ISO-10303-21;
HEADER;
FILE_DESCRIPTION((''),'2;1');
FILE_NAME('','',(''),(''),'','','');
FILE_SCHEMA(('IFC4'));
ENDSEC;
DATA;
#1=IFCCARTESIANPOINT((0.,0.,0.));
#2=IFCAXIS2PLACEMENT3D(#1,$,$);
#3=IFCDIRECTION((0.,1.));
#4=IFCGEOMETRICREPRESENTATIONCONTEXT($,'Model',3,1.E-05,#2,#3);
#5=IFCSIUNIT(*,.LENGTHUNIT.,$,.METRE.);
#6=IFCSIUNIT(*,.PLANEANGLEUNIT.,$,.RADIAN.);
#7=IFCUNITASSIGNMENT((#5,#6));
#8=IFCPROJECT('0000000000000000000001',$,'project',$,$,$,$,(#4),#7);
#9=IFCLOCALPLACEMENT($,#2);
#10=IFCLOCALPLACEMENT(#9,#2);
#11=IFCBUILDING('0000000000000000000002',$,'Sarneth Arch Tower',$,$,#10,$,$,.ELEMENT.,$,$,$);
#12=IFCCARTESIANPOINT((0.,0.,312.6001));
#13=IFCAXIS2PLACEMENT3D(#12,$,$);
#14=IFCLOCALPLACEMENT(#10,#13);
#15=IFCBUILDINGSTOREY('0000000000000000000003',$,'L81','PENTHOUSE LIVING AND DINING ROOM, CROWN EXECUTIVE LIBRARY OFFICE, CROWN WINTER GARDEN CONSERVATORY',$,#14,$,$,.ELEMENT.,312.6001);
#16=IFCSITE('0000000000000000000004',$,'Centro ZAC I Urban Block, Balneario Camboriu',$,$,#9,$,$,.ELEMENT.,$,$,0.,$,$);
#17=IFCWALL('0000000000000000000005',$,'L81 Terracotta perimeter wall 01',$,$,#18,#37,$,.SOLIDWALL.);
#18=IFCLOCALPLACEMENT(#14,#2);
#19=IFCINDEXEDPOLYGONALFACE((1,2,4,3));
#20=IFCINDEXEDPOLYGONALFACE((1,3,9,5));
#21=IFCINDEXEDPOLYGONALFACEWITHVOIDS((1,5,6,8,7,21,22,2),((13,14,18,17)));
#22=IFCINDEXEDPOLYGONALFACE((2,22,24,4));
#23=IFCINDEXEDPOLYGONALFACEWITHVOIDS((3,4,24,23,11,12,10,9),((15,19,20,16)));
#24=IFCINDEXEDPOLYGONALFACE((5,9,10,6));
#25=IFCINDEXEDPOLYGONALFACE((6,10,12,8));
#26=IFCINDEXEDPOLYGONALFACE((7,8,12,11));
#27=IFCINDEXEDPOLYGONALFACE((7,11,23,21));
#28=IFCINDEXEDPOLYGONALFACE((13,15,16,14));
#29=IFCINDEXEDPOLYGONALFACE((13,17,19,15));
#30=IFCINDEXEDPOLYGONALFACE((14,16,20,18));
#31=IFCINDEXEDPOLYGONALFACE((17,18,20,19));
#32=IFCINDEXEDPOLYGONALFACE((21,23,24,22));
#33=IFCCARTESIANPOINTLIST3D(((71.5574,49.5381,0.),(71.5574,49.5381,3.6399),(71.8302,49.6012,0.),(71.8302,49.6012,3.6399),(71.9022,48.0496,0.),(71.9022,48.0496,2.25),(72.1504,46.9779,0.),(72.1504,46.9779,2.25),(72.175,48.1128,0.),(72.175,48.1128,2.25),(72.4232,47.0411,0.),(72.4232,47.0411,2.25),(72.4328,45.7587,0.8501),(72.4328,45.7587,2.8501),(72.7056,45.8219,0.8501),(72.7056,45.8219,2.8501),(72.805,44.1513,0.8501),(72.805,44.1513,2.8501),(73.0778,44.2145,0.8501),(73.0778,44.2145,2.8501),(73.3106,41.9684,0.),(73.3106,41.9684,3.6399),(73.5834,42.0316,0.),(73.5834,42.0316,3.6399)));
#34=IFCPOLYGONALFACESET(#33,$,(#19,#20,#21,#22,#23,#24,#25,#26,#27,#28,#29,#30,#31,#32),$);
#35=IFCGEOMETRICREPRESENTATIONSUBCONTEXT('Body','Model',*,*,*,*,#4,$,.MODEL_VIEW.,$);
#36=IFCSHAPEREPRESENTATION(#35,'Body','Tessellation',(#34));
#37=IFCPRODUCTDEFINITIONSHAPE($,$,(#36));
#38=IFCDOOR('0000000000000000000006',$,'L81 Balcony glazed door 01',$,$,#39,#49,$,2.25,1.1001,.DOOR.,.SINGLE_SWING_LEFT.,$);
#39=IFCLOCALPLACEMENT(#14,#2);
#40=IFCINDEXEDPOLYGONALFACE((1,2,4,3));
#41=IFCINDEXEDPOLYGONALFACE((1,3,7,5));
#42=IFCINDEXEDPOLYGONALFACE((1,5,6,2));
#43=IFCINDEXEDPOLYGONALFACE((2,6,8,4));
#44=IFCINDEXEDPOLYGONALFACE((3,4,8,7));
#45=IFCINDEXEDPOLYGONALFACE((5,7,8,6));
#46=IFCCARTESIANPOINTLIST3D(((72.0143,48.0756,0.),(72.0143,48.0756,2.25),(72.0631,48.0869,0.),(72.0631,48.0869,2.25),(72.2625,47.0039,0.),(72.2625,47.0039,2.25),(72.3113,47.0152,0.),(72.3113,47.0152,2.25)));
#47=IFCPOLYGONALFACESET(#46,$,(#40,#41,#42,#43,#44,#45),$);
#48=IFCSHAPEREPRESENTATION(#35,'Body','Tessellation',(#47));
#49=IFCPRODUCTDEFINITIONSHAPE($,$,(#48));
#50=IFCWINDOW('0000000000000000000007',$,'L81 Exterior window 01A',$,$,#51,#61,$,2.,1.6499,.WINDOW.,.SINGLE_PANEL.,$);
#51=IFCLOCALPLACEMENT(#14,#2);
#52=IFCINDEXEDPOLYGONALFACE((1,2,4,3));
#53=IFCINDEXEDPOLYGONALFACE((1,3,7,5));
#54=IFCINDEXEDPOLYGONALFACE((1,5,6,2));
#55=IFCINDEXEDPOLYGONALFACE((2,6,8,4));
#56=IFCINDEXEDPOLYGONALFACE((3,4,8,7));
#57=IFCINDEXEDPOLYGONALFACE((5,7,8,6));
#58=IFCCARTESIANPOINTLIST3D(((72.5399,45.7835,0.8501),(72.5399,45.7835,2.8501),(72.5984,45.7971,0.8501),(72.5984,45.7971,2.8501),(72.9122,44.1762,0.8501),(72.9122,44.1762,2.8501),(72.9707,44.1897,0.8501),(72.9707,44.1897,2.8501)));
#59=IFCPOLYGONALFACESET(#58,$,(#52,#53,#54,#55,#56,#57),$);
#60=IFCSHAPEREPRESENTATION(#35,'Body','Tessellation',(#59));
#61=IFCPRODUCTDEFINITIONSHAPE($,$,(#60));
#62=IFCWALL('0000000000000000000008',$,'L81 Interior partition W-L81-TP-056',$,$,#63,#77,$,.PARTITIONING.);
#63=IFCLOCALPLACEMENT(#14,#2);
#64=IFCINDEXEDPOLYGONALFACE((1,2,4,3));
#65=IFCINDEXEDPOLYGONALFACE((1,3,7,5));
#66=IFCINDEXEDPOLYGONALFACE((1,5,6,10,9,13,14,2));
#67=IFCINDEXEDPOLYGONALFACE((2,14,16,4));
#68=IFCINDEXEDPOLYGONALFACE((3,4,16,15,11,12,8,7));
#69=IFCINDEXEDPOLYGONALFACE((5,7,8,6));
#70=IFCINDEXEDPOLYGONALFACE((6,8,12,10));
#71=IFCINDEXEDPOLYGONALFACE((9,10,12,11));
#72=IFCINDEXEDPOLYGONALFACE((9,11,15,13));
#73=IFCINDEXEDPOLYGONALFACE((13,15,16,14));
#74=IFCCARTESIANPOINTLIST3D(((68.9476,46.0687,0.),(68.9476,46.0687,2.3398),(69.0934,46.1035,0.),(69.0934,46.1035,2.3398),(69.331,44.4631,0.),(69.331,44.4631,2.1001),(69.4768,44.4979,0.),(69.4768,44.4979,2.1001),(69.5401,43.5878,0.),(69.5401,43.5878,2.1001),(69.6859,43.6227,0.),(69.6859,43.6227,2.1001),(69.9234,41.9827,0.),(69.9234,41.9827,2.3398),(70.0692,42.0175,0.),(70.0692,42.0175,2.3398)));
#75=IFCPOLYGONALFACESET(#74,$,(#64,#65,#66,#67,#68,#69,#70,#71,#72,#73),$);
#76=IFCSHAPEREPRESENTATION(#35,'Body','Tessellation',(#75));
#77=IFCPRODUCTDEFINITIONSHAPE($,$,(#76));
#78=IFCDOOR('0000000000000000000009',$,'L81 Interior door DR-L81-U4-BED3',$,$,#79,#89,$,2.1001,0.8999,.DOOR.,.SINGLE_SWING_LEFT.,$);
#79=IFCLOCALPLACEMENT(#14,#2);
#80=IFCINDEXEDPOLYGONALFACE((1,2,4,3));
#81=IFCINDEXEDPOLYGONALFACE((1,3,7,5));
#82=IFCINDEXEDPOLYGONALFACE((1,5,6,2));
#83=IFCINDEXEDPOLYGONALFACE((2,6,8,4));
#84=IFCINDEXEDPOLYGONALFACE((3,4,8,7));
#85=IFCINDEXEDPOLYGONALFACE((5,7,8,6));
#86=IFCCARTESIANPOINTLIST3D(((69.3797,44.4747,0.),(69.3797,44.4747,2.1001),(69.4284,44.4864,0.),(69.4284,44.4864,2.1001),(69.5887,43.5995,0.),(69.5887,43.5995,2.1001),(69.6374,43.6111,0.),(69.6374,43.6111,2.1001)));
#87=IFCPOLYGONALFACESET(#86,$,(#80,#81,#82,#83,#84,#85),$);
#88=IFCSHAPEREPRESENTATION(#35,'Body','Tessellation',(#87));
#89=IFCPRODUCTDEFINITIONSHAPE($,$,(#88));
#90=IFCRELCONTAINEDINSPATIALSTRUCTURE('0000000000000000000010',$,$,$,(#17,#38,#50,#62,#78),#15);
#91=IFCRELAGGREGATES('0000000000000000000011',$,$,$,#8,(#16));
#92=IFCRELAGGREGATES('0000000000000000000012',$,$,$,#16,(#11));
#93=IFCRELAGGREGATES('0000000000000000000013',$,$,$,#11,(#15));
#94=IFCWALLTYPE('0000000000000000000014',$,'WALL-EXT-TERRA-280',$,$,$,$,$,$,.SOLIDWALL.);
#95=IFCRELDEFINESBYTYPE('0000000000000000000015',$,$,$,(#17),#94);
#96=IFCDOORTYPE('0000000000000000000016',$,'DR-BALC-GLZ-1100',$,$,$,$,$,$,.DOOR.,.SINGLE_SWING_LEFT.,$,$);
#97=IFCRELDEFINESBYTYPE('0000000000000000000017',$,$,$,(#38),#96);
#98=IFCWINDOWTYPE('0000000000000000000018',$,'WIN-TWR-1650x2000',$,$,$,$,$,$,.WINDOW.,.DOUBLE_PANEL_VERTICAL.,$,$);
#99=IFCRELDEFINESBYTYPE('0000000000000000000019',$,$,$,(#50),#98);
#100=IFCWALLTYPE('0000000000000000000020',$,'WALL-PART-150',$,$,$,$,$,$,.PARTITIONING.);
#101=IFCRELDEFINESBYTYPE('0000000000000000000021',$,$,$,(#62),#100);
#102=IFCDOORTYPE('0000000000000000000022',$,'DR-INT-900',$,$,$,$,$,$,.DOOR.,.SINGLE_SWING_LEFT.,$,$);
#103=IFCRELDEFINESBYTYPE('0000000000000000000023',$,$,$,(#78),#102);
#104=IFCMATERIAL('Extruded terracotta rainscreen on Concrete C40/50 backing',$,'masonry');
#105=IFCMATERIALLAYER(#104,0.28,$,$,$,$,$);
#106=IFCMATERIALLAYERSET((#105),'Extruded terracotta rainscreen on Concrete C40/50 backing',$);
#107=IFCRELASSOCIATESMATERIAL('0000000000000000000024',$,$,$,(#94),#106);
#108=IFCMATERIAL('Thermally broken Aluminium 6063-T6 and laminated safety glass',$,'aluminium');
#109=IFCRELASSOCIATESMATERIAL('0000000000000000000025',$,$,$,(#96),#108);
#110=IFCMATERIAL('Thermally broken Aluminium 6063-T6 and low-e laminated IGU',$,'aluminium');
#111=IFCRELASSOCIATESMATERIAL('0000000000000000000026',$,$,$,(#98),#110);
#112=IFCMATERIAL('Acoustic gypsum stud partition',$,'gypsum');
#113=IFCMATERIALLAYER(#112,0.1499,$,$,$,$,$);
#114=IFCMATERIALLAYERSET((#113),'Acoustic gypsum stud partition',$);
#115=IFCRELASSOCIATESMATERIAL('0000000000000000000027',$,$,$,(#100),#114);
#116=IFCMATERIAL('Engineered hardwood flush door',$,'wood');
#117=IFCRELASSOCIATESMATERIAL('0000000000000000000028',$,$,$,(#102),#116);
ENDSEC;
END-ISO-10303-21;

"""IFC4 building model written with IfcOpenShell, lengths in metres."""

from ifc_helpers import new_model, si_unit, direction, frame, frame_2d, origin, place, context, subcontext, project, spatial, rectangle, extrude, material, layer, layer_set, type_object, element, fill, save


model = new_model("IFC4")

# Units and contexts
model_context = context("Model", 3, precision=1e-05, world=origin(), true_north=direction((0.0, 1.0)))
body_context = subcontext(model_context, "Body", "Model", "MODEL_VIEW")
ifc_project = project(units=[si_unit("LENGTHUNIT", "METRE"), si_unit("PLANEANGLEUNIT", "RADIAN")], contexts=[model_context])

# Site, building, storey
site_placement = place(None, origin())
site = spatial("IfcSite", under=ifc_project, at=site_placement, Name="Centro ZAC I Urban Block, Balneario Camboriu", CompositionType="ELEMENT", RefElevation=0.0)
building_placement = place(site_placement, origin())
building = spatial("IfcBuilding", under=site, at=building_placement, Name="Sarneth Arch Tower", CompositionType="ELEMENT")
storey_placement = place(building_placement, frame((0.0, 0.0, 312.6001)))
storey = spatial("IfcBuildingStorey", under=building, at=storey_placement, Name="L81", Description="PENTHOUSE LIVING AND DINING ROOM, CROWN EXECUTIVE LIBRARY OFFICE, CROWN WINTER GARDEN CONSERVATORY", CompositionType="ELEMENT", Elevation=312.6001)

# Wall, openings, door, window
ifc_material_1 = material(Name="Extruded terracotta rainscreen on Concrete C40/50 backing", Category="masonry")
ifc_layer_1 = layer(ifc_material_1, 0.28)
ifc_layer_set_1 = layer_set([ifc_layer_1], Name="Extruded terracotta rainscreen on Concrete C40/50 backing")
wall_type_1 = type_object("IfcWallType", Name="WALL-EXT-TERRA-280", PredefinedType="SOLIDWALL", material=ifc_layer_set_1)
wall_1_placement = place(storey_placement, frame((73.447, 42.0, 0.0), z_axis=(0.0, 0.0, 1.0), x_axis=(-0.225635, 0.974212, 0.0)))
wall_1 = element("IfcWall", 1, at=wall_1_placement, inside=storey, type_object=wall_type_1, Name="L81 Terracotta perimeter wall 01", PredefinedType="SOLIDWALL", context=body_context, shape_type="SweptSolid", body=[
    extrude(rectangle(XDim=7.77, YDim=0.28, at=frame_2d((3.885, 0.0))), origin(), (0.0, 0.0, 1.0), 3.6399),
])
opening_1_placement = place(wall_1_placement, frame((2.2407, 0.0, 0.8501)))
opening_1 = element("IfcOpeningElement", 2, at=opening_1_placement, cuts=wall_1, PredefinedType="OPENING", context=body_context, shape_type="SweptSolid", body=[
    extrude(rectangle(XDim=1.6499, YDim=2.0, at=frame_2d((0.825, 1.0))), frame((0.0, 0.1499, 0.0), z_axis=(0.0, -1.0, 0.0), x_axis=(1.0, 0.0, 0.0)), (0.0, 0.0, 1.0), 0.3),
])
opening_2_placement = place(wall_1_placement, frame((5.1421, 0.0, 0.0)))
opening_2 = element("IfcOpeningElement", 3, at=opening_2_placement, cuts=wall_1, PredefinedType="OPENING", context=body_context, shape_type="SweptSolid", body=[
    extrude(rectangle(XDim=1.1001, YDim=2.25, at=frame_2d((0.55, 1.125))), frame((0.0, 0.1499, 0.0), z_axis=(0.0, -1.0, 0.0), x_axis=(1.0, 0.0, 0.0)), (0.0, 0.0, 1.0), 0.3),
])
ifc_material_2 = material(Name="Thermally broken Aluminium 6063-T6 and laminated safety glass", Category="aluminium")
door_type_1 = type_object("IfcDoorType", Name="DR-BALC-GLZ-1100", OperationType="SINGLE_SWING_LEFT", PredefinedType="DOOR", material=ifc_material_2)
door_1_placement = place(opening_2_placement, origin())
door_1 = element("IfcDoor", 4, at=door_1_placement, inside=storey, type_object=door_type_1, Name="L81 Balcony glazed door 01", OperationType="SINGLE_SWING_LEFT", OverallHeight=2.25, OverallWidth=1.1001, PredefinedType="DOOR", context=body_context, shape_type="SweptSolid", body=[
    extrude(rectangle(XDim=1.1001, YDim=2.25, at=frame_2d((0.55, 1.125))), frame((0.0, 0.0249, 0.0), z_axis=(0.0, -1.0, 0.0), x_axis=(1.0, 0.0, 0.0)), (0.0, 0.0, 1.0), 0.05),
])
fill(opening_2, door_1)
ifc_material_3 = material(Name="Thermally broken Aluminium 6063-T6 and low-e laminated IGU", Category="aluminium")
window_type = type_object("IfcWindowType", Name="WIN-TWR-1650x2000", PartitioningType="DOUBLE_PANEL_VERTICAL", PredefinedType="WINDOW", material=ifc_material_3)
window_placement = place(opening_1_placement, origin())
window = element("IfcWindow", 5, at=window_placement, inside=storey, type_object=window_type, Name="L81 Exterior window 01A", OverallHeight=2.0, OverallWidth=1.6499, PartitioningType="SINGLE_PANEL", PredefinedType="WINDOW", context=body_context, shape_type="SweptSolid", body=[
    extrude(rectangle(XDim=1.6499, YDim=2.0, at=frame_2d((0.825, 1.0))), frame((0.0, 0.03, 0.0), z_axis=(0.0, -1.0, 0.0), x_axis=(1.0, 0.0, 0.0)), (0.0, 0.0, 1.0), 0.0601),
])
fill(opening_1, window)

# Wall, opening, door
ifc_material_4 = material(Name="Acoustic gypsum stud partition", Category="gypsum")
ifc_layer_2 = layer(ifc_material_4, 0.1499)
ifc_layer_set_2 = layer_set([ifc_layer_2], Name="Acoustic gypsum stud partition")
wall_type_2 = type_object("IfcWallType", Name="WALL-PART-150", PredefinedType="PARTITIONING", material=ifc_layer_set_2)
wall_2_placement = place(storey_placement, frame((69.9963, 42.0, 0.0), z_axis=(0.0, 0.0, 1.0), x_axis=(-0.232294, 0.972646, 0.0)))
wall_2 = element("IfcWall", 6, at=wall_2_placement, inside=storey, type_object=wall_type_2, Name="L81 Interior partition W-L81-TP-056", PredefinedType="PARTITIONING", context=body_context, shape_type="SweptSolid", body=[
    extrude(rectangle(XDim=4.2009, YDim=0.1499, at=frame_2d((2.1006, 0.0))), origin(), (0.0, 0.0, 1.0), 2.3398),
])
opening_3_placement = place(wall_2_placement, frame((1.6504, 0.0, 0.0)))
opening_3 = element("IfcOpeningElement", 7, at=opening_3_placement, cuts=wall_2, PredefinedType="OPENING", context=body_context, shape_type="SweptSolid", body=[
    extrude(rectangle(XDim=0.8999, YDim=2.1001, at=frame_2d((0.45, 1.05))), frame((0.0, 0.085, 0.0), z_axis=(0.0, -1.0, 0.0), x_axis=(1.0, 0.0, 0.0)), (0.0, 0.0, 1.0), 0.1699),
])
ifc_material_5 = material(Name="Engineered hardwood flush door", Category="wood")
door_type_2 = type_object("IfcDoorType", Name="DR-INT-900", OperationType="SINGLE_SWING_LEFT", PredefinedType="DOOR", material=ifc_material_5)
door_2_placement = place(opening_3_placement, origin())
door_2 = element("IfcDoor", 8, at=door_2_placement, inside=storey, type_object=door_type_2, Name="L81 Interior door DR-L81-U4-BED3", OperationType="SINGLE_SWING_LEFT", OverallHeight=2.1001, OverallWidth=0.8999, PredefinedType="DOOR", context=body_context, shape_type="SweptSolid", body=[
    extrude(rectangle(XDim=0.8999, YDim=2.1001, at=frame_2d((0.45, 1.05))), frame((0.0, 0.0249, 0.0), z_axis=(0.0, -1.0, 0.0), x_axis=(1.0, 0.0, 0.0)), (0.0, 0.0, 1.0), 0.05),
])
fill(opening_3, door_2)

save(model, "model.ifc")
